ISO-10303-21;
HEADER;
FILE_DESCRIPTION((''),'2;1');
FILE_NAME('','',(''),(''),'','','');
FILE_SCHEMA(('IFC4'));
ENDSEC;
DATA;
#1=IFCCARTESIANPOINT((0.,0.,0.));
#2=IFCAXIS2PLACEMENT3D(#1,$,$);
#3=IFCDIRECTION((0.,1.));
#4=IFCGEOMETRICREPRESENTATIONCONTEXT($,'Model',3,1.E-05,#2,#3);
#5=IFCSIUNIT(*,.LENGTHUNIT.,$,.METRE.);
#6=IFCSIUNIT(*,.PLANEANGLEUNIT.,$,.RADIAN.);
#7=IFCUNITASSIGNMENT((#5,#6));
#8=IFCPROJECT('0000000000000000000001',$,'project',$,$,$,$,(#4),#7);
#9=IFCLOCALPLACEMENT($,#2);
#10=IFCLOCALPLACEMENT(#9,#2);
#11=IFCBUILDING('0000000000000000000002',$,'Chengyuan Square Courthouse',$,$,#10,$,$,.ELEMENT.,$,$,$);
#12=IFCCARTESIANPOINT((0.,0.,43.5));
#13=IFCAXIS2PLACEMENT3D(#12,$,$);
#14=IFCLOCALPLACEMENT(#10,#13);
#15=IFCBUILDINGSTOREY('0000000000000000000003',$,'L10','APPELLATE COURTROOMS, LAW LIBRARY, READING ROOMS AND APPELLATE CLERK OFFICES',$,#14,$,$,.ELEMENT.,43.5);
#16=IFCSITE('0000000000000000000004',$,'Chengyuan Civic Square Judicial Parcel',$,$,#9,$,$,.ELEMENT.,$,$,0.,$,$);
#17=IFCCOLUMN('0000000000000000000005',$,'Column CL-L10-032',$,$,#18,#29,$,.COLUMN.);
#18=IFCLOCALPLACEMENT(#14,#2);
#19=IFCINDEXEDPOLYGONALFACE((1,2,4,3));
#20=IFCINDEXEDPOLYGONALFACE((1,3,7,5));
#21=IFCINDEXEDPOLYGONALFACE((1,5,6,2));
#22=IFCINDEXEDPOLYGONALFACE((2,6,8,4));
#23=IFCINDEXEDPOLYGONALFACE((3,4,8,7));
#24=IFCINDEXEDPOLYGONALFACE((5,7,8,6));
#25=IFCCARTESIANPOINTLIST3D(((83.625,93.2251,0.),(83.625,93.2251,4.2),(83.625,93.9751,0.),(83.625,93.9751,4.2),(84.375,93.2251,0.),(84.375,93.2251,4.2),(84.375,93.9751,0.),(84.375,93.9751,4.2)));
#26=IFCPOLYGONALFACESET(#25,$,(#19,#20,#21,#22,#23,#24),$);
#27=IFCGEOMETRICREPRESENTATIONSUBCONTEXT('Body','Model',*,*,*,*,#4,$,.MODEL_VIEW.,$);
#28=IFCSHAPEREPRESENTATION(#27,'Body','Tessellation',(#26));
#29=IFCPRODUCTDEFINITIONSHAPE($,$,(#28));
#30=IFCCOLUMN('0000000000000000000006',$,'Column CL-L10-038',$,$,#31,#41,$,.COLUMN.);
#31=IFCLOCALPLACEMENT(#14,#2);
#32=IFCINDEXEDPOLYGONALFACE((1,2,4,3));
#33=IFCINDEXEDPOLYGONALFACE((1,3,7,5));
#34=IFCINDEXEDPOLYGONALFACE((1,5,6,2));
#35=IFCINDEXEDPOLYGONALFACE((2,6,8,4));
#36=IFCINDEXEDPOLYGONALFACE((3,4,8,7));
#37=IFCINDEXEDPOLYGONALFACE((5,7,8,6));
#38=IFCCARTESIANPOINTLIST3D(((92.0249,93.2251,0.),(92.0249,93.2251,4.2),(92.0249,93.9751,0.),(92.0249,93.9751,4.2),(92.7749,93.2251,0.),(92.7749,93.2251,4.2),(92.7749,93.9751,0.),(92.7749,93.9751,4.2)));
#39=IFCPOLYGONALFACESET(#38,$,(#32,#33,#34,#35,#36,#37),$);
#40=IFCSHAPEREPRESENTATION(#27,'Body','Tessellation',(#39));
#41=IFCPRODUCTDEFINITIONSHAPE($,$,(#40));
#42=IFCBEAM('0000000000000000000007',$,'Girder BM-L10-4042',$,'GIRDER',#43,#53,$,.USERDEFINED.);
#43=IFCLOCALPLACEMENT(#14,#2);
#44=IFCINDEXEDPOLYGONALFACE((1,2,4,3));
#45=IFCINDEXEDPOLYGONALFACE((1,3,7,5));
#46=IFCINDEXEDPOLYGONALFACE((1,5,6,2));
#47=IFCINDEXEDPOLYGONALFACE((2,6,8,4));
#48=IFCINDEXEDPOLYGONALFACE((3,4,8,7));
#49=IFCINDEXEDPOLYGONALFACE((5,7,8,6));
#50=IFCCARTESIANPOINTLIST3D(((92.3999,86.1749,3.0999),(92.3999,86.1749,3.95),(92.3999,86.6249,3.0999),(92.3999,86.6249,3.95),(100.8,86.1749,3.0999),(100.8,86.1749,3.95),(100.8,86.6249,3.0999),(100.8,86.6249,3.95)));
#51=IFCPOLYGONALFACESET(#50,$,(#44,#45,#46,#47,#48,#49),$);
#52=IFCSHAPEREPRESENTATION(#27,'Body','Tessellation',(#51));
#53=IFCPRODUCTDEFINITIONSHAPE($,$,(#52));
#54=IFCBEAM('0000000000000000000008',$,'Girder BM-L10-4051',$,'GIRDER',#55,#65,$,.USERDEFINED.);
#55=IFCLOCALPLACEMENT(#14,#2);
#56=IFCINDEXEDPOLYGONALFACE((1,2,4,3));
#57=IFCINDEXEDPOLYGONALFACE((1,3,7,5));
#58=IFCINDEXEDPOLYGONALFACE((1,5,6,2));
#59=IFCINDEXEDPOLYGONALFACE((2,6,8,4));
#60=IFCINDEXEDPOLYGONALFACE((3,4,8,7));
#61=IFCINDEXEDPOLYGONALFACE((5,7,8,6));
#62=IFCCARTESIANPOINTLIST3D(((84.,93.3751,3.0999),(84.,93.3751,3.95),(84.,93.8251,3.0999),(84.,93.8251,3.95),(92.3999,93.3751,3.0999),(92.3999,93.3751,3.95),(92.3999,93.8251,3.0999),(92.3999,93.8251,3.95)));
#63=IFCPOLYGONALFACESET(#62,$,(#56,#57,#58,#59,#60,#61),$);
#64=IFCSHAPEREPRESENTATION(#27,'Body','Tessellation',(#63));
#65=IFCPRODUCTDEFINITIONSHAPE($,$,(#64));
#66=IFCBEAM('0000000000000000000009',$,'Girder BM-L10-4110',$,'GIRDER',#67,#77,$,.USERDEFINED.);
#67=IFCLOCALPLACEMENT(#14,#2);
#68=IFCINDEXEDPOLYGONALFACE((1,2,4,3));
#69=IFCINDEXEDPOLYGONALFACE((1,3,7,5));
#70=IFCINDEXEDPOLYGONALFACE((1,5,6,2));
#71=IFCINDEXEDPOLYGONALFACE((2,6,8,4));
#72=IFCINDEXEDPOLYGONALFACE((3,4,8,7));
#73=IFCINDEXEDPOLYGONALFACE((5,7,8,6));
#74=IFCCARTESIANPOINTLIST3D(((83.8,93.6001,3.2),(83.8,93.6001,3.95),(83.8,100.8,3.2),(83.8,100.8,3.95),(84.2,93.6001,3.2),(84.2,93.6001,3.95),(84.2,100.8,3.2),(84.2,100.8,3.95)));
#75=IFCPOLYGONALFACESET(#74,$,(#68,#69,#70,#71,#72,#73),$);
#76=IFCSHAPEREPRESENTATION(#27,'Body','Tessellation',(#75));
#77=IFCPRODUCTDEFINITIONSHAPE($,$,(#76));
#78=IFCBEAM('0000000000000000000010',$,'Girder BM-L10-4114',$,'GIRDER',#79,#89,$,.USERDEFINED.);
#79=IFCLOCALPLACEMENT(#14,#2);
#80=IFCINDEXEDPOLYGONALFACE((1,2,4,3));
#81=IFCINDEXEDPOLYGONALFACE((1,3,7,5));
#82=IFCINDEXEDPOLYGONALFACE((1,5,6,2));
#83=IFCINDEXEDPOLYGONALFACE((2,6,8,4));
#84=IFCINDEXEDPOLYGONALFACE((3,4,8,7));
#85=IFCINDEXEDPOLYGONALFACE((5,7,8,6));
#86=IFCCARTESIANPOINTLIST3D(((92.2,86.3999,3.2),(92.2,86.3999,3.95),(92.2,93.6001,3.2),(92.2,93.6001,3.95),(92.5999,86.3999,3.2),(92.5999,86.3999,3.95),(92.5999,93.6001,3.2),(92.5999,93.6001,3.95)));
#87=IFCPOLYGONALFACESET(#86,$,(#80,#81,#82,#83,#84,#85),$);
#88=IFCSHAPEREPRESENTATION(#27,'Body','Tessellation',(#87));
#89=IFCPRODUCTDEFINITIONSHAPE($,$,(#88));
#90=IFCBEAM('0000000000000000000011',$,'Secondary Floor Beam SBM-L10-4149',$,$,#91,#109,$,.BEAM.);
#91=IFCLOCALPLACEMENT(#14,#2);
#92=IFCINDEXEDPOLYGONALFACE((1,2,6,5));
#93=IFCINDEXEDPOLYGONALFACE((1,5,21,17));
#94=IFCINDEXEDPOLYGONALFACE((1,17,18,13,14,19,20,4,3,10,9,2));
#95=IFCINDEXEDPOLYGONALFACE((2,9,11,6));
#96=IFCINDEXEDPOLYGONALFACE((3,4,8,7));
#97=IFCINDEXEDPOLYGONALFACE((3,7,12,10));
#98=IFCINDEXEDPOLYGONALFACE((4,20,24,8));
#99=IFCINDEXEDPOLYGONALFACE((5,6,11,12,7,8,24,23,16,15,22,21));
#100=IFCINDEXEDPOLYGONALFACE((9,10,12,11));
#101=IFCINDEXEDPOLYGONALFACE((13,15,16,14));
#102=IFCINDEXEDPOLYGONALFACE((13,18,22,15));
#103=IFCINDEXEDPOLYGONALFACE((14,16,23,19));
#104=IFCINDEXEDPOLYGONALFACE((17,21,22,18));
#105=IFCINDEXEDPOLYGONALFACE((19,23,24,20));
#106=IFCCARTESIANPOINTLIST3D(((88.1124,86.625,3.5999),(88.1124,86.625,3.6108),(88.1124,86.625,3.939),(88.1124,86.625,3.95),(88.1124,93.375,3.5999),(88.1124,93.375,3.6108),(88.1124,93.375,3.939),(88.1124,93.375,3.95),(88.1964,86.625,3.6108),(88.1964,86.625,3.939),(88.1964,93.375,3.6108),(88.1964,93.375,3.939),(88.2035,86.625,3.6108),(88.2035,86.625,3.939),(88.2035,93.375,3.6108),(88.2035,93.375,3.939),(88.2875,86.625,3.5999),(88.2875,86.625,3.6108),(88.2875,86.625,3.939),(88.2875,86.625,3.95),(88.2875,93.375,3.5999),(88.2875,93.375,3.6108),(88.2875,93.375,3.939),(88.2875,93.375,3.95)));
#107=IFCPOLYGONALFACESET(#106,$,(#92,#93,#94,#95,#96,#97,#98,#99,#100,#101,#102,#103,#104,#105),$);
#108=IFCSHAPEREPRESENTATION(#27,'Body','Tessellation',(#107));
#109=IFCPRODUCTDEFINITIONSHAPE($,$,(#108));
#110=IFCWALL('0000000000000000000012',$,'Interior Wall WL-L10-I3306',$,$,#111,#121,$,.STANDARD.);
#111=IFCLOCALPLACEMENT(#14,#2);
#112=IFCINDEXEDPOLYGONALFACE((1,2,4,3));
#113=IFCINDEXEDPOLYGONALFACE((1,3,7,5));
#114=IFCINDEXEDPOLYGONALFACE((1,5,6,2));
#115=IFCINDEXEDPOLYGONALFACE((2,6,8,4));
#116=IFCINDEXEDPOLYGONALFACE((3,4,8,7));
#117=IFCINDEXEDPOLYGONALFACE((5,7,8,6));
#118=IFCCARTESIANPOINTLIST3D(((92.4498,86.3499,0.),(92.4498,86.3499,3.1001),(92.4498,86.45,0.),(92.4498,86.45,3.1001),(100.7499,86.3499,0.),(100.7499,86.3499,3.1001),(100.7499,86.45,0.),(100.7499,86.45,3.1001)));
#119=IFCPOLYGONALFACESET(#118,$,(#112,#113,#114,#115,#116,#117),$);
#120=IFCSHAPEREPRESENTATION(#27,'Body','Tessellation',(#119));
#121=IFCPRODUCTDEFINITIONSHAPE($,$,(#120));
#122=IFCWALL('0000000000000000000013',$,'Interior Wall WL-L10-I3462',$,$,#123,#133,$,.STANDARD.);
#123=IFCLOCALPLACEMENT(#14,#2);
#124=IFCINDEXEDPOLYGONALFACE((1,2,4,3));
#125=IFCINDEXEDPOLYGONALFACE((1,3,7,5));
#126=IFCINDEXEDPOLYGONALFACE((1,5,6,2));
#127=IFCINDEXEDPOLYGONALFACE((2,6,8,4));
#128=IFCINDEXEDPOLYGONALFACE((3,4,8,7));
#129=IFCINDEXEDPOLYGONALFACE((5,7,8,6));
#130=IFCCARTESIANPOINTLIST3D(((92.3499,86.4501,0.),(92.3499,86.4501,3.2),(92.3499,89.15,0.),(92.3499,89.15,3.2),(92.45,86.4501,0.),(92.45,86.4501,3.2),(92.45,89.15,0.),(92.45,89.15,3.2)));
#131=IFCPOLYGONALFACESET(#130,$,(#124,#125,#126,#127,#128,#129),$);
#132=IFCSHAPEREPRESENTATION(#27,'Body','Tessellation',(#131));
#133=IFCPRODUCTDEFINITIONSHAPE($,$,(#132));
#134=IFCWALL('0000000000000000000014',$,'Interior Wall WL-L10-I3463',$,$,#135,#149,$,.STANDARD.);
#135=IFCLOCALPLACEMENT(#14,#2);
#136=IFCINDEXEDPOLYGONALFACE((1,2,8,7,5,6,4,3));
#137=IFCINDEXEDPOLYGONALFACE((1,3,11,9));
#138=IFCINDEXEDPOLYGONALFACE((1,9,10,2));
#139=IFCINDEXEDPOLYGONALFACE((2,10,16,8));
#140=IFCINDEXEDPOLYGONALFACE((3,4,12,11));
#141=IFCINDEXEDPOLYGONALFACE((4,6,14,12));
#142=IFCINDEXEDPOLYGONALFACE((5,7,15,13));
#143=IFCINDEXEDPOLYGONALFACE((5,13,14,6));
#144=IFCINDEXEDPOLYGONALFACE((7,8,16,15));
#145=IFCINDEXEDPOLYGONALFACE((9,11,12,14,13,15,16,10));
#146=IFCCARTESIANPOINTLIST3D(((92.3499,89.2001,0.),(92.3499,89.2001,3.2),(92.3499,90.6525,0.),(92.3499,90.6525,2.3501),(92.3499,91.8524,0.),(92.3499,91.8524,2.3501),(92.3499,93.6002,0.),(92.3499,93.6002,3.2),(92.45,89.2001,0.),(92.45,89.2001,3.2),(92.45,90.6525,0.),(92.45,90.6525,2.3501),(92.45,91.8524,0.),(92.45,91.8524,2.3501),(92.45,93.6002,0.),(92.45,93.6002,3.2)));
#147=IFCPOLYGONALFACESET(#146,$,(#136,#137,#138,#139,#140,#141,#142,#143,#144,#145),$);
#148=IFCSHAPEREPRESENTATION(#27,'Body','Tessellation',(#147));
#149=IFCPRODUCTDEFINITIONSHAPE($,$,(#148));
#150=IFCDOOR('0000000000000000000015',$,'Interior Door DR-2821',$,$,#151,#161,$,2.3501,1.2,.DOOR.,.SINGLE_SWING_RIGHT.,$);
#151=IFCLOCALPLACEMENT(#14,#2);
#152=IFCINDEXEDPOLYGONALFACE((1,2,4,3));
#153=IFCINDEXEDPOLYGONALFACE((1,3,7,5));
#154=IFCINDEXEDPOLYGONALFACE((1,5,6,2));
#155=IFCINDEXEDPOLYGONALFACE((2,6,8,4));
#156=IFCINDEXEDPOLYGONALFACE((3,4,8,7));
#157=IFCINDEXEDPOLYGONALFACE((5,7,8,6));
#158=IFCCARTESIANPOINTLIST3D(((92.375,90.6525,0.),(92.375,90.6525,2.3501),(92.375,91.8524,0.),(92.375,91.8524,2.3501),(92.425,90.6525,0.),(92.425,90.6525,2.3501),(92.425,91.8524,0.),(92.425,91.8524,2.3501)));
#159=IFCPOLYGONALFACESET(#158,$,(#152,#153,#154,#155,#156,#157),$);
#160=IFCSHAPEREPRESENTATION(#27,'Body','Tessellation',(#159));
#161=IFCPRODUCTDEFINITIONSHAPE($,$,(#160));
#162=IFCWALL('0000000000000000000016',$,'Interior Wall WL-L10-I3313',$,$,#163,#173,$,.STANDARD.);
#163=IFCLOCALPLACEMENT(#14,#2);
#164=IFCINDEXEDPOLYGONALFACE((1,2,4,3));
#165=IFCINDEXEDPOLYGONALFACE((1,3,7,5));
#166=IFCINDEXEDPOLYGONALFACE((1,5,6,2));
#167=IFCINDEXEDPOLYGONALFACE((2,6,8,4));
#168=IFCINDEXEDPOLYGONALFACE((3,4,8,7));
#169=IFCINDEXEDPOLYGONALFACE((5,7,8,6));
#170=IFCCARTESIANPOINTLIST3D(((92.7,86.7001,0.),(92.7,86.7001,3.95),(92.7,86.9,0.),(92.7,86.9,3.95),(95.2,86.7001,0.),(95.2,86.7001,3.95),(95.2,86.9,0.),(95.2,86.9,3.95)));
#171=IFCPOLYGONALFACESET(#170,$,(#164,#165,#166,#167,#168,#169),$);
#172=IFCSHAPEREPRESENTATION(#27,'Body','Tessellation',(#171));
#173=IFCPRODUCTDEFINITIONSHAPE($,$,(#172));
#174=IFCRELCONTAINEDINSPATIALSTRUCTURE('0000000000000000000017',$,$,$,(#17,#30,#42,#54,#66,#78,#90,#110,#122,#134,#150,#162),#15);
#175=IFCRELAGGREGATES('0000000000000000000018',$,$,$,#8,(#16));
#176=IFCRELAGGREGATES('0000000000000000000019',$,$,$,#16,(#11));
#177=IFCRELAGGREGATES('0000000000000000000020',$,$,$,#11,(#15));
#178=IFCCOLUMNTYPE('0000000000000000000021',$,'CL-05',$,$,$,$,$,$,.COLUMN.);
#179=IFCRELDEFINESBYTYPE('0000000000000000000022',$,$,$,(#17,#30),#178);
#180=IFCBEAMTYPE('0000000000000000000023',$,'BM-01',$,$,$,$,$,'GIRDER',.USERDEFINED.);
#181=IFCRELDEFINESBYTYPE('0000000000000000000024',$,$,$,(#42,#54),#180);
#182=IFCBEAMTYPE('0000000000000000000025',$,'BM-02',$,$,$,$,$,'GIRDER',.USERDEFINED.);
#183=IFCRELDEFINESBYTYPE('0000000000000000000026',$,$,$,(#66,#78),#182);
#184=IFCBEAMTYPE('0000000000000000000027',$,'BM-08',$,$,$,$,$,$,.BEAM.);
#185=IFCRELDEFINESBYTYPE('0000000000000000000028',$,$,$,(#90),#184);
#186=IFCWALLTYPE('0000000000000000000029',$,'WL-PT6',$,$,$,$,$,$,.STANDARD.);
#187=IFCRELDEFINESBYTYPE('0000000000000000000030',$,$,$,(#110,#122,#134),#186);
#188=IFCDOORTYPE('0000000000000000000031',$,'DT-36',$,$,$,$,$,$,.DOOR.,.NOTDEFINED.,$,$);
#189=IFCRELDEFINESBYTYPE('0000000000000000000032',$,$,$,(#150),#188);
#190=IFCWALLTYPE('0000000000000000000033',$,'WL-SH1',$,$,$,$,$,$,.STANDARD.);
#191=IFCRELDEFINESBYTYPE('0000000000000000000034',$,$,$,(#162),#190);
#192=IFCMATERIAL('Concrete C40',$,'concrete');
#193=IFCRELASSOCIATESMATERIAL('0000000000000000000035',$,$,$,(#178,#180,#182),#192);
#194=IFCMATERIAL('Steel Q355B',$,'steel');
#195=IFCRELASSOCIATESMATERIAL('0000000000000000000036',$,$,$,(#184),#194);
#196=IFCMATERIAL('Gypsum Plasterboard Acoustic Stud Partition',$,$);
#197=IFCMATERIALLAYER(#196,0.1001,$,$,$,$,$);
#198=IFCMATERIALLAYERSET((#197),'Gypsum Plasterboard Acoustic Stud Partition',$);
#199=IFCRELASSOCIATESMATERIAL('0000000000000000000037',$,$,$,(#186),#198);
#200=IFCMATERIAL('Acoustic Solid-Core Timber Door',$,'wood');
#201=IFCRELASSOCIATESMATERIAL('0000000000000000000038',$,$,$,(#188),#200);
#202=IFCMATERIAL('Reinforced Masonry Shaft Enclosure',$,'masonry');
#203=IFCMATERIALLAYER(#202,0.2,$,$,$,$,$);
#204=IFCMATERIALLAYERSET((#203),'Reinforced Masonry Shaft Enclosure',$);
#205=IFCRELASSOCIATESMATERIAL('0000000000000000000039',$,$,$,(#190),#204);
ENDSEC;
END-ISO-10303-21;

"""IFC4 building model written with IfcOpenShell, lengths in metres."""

from ifc_helpers import new_model, si_unit, direction, frame, frame_2d, origin, origin_2d, place, context, subcontext, project, spatial, rectangle, i_section, extrude, material, layer, layer_set, material_profile, profile_set, type_object, element, fill, save


model = new_model("IFC4")

# Units and contexts
model_context = context("Model", 3, precision=1e-05, world=origin(), true_north=direction((0.0, 1.0)))
body_context = subcontext(model_context, "Body", "Model", "MODEL_VIEW")
ifc_project = project(units=[si_unit("LENGTHUNIT", "METRE"), si_unit("PLANEANGLEUNIT", "RADIAN")], contexts=[model_context])

# Site, building, storey
site_placement = place(None, origin())
site = spatial("IfcSite", under=ifc_project, at=site_placement, Name="Chengyuan Civic Square Judicial Parcel", CompositionType="ELEMENT", RefElevation=0.0)
building_placement = place(site_placement, origin())
building = spatial("IfcBuilding", under=site, at=building_placement, Name="Chengyuan Square Courthouse", CompositionType="ELEMENT")
storey_placement = place(building_placement, frame((0.0, 0.0, 43.5)))
storey = spatial("IfcBuildingStorey", under=building, at=storey_placement, Name="L10", Description="APPELLATE COURTROOMS, LAW LIBRARY, READING ROOMS AND APPELLATE CLERK OFFICES", CompositionType="ELEMENT", Elevation=43.5)

# Columns
ifc_material_1 = material(Name="Concrete C40", Category="concrete")
ifc_material_profile_1 = material_profile(ifc_material_1, rectangle(XDim=0.75, YDim=0.75, at=origin_2d()), Name="RC-COL-750x750")
ifc_profile_set_1 = profile_set([ifc_material_profile_1], Name="Concrete C40")
column_type = type_object("IfcColumnType", Name="CL-05", PredefinedType="COLUMN", material=ifc_profile_set_1)
for number, where, z_axis, x_axis, name in (
    (1, (84.0, 93.6001, 0.0), (0.0, 0.0, 1.0), (1.0, 0.0, 0.0), "Column CL-L10-032"),
    (2, (92.3999, 93.6001, 0.0), (0.0, 0.0, 1.0), (1.0, 0.0, 0.0), "Column CL-L10-038"),
):
    element("IfcColumn", number, at=place(storey_placement, frame(where, z_axis=z_axis, x_axis=x_axis)), inside=storey, type_object=column_type, Name=name, PredefinedType="COLUMN", context=body_context, shape_type="SweptSolid", body=[
        extrude(rectangle(XDim=0.75, YDim=0.75, at=origin_2d()), origin(), (0.0, 0.0, 1.0), 4.2),
    ])

# Beams
ifc_material_profile_2 = material_profile(ifc_material_1, rectangle(XDim=0.45, YDim=0.8501, at=origin_2d()), Name="RC-BM-450x850")
ifc_profile_set_2 = profile_set([ifc_material_profile_2], Name="Concrete C40")
beam_type_1 = type_object("IfcBeamType", Name="BM-01", ElementType="GIRDER", PredefinedType="USERDEFINED", material=ifc_profile_set_2)
beam_1_placement = place(storey_placement, frame((92.3999, 86.3999, 3.5249), z_axis=(1.0, 0.0, 0.0), x_axis=(0.0, 1.0, 0.0)))
element("IfcBeam", 3, at=beam_1_placement, inside=storey, type_object=beam_type_1, Name="Girder BM-L10-4042", ObjectType="GIRDER", PredefinedType="USERDEFINED", context=body_context, shape_type="SweptSolid", body=[
    extrude(rectangle(XDim=0.45, YDim=0.8501, at=origin_2d()), origin(), (0.0, 0.0, 1.0), 8.4001),
])
beam_2_placement = place(storey_placement, frame((84.0, 93.6001, 3.5249), z_axis=(1.0, 0.0, 0.0), x_axis=(0.0, 1.0, 0.0)))
element("IfcBeam", 4, at=beam_2_placement, inside=storey, type_object=beam_type_1, Name="Girder BM-L10-4051", ObjectType="GIRDER", PredefinedType="USERDEFINED", context=body_context, shape_type="SweptSolid", body=[
    extrude(rectangle(XDim=0.45, YDim=0.8501, at=origin_2d()), origin(), (0.0, 0.0, 1.0), 8.3999),
])
ifc_material_profile_3 = material_profile(ifc_material_1, rectangle(XDim=0.3999, YDim=0.75, at=origin_2d()), Name="RC-BM-400x750")
ifc_profile_set_3 = profile_set([ifc_material_profile_3], Name="Concrete C40")
beam_type_2 = type_object("IfcBeamType", Name="BM-02", ElementType="GIRDER", PredefinedType="USERDEFINED", material=ifc_profile_set_3)
beam_3_placement = place(storey_placement, frame((84.0, 93.6001, 3.575), z_axis=(0.0, 1.0, 0.0), x_axis=(-1.0, 0.0, 0.0)))
element("IfcBeam", 5, at=beam_3_placement, inside=storey, type_object=beam_type_2, Name="Girder BM-L10-4110", ObjectType="GIRDER", PredefinedType="USERDEFINED", context=body_context, shape_type="SweptSolid", body=[
    extrude(rectangle(XDim=0.3999, YDim=0.75, at=origin_2d()), origin(), (0.0, 0.0, 1.0), 7.2),
])
beam_4_placement = place(storey_placement, frame((92.3999, 86.3999, 3.575), z_axis=(0.0, 1.0, 0.0), x_axis=(-1.0, 0.0, 0.0)))
element("IfcBeam", 6, at=beam_4_placement, inside=storey, type_object=beam_type_2, Name="Girder BM-L10-4114", ObjectType="GIRDER", PredefinedType="USERDEFINED", context=body_context, shape_type="SweptSolid", body=[
    extrude(rectangle(XDim=0.3999, YDim=0.75, at=origin_2d()), origin(), (0.0, 0.0, 1.0), 7.2002),
])
ifc_material_2 = material(Name="Steel Q355B", Category="steel")
ifc_material_profile_4 = material_profile(ifc_material_2, i_section(OverallWidth=0.175, OverallDepth=0.3501, WebThickness=0.0071, FlangeThickness=0.011, at=origin_2d()), Name="HN 350x175x7x11")
ifc_profile_set_4 = profile_set([ifc_material_profile_4], Name="Steel Q355B")
beam_type_3 = type_object("IfcBeamType", Name="BM-08", PredefinedType="BEAM", material=ifc_profile_set_4)
beam_5_placement = place(storey_placement, frame((88.2, 86.625, 3.7749), z_axis=(0.0, 1.0, 0.0), x_axis=(-1.0, 0.0, 0.0)))
element("IfcBeam", 7, at=beam_5_placement, inside=storey, type_object=beam_type_3, Name="Secondary Floor Beam SBM-L10-4149", PredefinedType="BEAM", context=body_context, shape_type="SweptSolid", body=[
    extrude(i_section(OverallWidth=0.175, OverallDepth=0.3501, WebThickness=0.0071, FlangeThickness=0.011, at=origin_2d()), origin(), (0.0, 0.0, 1.0), 6.75),
])

# Walls
ifc_material_3 = material(Name="Gypsum Plasterboard Acoustic Stud Partition")
ifc_layer_1 = layer(ifc_material_3, 0.1001)
ifc_layer_set_1 = layer_set([ifc_layer_1], Name="Gypsum Plasterboard Acoustic Stud Partition")
wall_type_1 = type_object("IfcWallType", Name="WL-PT6", PredefinedType="STANDARD", material=ifc_layer_set_1)
wall_1_placement = place(storey_placement, frame((92.45, 86.3999, 0.0), z_axis=(0.0, 0.0, 1.0), x_axis=(1.0, 0.0, 0.0)))
element("IfcWall", 8, at=wall_1_placement, inside=storey, type_object=wall_type_1, Name="Interior Wall WL-L10-I3306", PredefinedType="STANDARD", context=body_context, shape_type="SweptSolid", body=[
    extrude(rectangle(XDim=8.3, YDim=0.1001, at=frame_2d((4.1499, 0.0))), origin(), (0.0, 0.0, 1.0), 3.1001),
])
wall_2_placement = place(storey_placement, frame((92.3999, 86.45, 0.0), z_axis=(0.0, 0.0, 1.0), x_axis=(0.0, 1.0, 0.0)))
element("IfcWall", 9, at=wall_2_placement, inside=storey, type_object=wall_type_1, Name="Interior Wall WL-L10-I3462", PredefinedType="STANDARD", context=body_context, shape_type="SweptSolid", body=[
    extrude(rectangle(XDim=2.7, YDim=0.1001, at=frame_2d((1.3501, 0.0))), origin(), (0.0, 0.0, 1.0), 3.2),
])

# Wall, opening, door
wall_3_placement = place(storey_placement, frame((92.3999, 89.2, 0.0), z_axis=(0.0, 0.0, 1.0), x_axis=(0.0, 1.0, 0.0)))
wall_3 = element("IfcWall", 10, at=wall_3_placement, inside=storey, type_object=wall_type_1, Name="Interior Wall WL-L10-I3463", PredefinedType="STANDARD", context=body_context, shape_type="SweptSolid", body=[
    extrude(rectangle(XDim=4.4001, YDim=0.1001, at=frame_2d((2.2002, 0.0))), origin(), (0.0, 0.0, 1.0), 3.2),
])
opening_placement = place(wall_3_placement, frame((1.4524, 0.0, 0.0)))
opening = element("IfcOpeningElement", 11, at=opening_placement, cuts=wall_3, PredefinedType="OPENING", context=body_context, shape_type="SweptSolid", body=[
    extrude(rectangle(XDim=1.2, YDim=2.3501, at=frame_2d((0.6001, 1.175))), frame((0.0, 0.062, 0.0), z_axis=(0.0, -1.0, 0.0), x_axis=(1.0, 0.0, 0.0)), (0.0, 0.0, 1.0), 0.124),
])
ifc_material_4 = material(Name="Acoustic Solid-Core Timber Door", Category="wood")
door_type = type_object("IfcDoorType", Name="DT-36", OperationType="NOTDEFINED", PredefinedType="DOOR", material=ifc_material_4)
door_placement = place(opening_placement, origin())
door = element("IfcDoor", 12, at=door_placement, inside=storey, type_object=door_type, Name="Interior Door DR-2821", OperationType="SINGLE_SWING_RIGHT", OverallHeight=2.3501, OverallWidth=1.2, PredefinedType="DOOR", context=body_context, shape_type="SweptSolid", body=[
    extrude(rectangle(XDim=1.2, YDim=2.3501, at=frame_2d((0.6001, 1.175))), frame((0.0, 0.0249, 0.0), z_axis=(0.0, -1.0, 0.0), x_axis=(1.0, 0.0, 0.0)), (0.0, 0.0, 1.0), 0.05),
])
fill(opening, door)

# Wall
ifc_material_5 = material(Name="Reinforced Masonry Shaft Enclosure", Category="masonry")
ifc_layer_2 = layer(ifc_material_5, 0.2)
ifc_layer_set_2 = layer_set([ifc_layer_2], Name="Reinforced Masonry Shaft Enclosure")
wall_type_2 = type_object("IfcWallType", Name="WL-SH1", PredefinedType="STANDARD", material=ifc_layer_set_2)
wall_4_placement = place(storey_placement, frame((92.7, 86.8, 0.0), z_axis=(0.0, 0.0, 1.0), x_axis=(1.0, 0.0, 0.0)))
element("IfcWall", 13, at=wall_4_placement, inside=storey, type_object=wall_type_2, Name="Interior Wall WL-L10-I3313", PredefinedType="STANDARD", context=body_context, shape_type="SweptSolid", body=[
    extrude(rectangle(XDim=2.5, YDim=0.2, at=frame_2d((1.25, 0.0))), origin(), (0.0, 0.0, 1.0), 3.95),
])

save(model, "model.ifc")
